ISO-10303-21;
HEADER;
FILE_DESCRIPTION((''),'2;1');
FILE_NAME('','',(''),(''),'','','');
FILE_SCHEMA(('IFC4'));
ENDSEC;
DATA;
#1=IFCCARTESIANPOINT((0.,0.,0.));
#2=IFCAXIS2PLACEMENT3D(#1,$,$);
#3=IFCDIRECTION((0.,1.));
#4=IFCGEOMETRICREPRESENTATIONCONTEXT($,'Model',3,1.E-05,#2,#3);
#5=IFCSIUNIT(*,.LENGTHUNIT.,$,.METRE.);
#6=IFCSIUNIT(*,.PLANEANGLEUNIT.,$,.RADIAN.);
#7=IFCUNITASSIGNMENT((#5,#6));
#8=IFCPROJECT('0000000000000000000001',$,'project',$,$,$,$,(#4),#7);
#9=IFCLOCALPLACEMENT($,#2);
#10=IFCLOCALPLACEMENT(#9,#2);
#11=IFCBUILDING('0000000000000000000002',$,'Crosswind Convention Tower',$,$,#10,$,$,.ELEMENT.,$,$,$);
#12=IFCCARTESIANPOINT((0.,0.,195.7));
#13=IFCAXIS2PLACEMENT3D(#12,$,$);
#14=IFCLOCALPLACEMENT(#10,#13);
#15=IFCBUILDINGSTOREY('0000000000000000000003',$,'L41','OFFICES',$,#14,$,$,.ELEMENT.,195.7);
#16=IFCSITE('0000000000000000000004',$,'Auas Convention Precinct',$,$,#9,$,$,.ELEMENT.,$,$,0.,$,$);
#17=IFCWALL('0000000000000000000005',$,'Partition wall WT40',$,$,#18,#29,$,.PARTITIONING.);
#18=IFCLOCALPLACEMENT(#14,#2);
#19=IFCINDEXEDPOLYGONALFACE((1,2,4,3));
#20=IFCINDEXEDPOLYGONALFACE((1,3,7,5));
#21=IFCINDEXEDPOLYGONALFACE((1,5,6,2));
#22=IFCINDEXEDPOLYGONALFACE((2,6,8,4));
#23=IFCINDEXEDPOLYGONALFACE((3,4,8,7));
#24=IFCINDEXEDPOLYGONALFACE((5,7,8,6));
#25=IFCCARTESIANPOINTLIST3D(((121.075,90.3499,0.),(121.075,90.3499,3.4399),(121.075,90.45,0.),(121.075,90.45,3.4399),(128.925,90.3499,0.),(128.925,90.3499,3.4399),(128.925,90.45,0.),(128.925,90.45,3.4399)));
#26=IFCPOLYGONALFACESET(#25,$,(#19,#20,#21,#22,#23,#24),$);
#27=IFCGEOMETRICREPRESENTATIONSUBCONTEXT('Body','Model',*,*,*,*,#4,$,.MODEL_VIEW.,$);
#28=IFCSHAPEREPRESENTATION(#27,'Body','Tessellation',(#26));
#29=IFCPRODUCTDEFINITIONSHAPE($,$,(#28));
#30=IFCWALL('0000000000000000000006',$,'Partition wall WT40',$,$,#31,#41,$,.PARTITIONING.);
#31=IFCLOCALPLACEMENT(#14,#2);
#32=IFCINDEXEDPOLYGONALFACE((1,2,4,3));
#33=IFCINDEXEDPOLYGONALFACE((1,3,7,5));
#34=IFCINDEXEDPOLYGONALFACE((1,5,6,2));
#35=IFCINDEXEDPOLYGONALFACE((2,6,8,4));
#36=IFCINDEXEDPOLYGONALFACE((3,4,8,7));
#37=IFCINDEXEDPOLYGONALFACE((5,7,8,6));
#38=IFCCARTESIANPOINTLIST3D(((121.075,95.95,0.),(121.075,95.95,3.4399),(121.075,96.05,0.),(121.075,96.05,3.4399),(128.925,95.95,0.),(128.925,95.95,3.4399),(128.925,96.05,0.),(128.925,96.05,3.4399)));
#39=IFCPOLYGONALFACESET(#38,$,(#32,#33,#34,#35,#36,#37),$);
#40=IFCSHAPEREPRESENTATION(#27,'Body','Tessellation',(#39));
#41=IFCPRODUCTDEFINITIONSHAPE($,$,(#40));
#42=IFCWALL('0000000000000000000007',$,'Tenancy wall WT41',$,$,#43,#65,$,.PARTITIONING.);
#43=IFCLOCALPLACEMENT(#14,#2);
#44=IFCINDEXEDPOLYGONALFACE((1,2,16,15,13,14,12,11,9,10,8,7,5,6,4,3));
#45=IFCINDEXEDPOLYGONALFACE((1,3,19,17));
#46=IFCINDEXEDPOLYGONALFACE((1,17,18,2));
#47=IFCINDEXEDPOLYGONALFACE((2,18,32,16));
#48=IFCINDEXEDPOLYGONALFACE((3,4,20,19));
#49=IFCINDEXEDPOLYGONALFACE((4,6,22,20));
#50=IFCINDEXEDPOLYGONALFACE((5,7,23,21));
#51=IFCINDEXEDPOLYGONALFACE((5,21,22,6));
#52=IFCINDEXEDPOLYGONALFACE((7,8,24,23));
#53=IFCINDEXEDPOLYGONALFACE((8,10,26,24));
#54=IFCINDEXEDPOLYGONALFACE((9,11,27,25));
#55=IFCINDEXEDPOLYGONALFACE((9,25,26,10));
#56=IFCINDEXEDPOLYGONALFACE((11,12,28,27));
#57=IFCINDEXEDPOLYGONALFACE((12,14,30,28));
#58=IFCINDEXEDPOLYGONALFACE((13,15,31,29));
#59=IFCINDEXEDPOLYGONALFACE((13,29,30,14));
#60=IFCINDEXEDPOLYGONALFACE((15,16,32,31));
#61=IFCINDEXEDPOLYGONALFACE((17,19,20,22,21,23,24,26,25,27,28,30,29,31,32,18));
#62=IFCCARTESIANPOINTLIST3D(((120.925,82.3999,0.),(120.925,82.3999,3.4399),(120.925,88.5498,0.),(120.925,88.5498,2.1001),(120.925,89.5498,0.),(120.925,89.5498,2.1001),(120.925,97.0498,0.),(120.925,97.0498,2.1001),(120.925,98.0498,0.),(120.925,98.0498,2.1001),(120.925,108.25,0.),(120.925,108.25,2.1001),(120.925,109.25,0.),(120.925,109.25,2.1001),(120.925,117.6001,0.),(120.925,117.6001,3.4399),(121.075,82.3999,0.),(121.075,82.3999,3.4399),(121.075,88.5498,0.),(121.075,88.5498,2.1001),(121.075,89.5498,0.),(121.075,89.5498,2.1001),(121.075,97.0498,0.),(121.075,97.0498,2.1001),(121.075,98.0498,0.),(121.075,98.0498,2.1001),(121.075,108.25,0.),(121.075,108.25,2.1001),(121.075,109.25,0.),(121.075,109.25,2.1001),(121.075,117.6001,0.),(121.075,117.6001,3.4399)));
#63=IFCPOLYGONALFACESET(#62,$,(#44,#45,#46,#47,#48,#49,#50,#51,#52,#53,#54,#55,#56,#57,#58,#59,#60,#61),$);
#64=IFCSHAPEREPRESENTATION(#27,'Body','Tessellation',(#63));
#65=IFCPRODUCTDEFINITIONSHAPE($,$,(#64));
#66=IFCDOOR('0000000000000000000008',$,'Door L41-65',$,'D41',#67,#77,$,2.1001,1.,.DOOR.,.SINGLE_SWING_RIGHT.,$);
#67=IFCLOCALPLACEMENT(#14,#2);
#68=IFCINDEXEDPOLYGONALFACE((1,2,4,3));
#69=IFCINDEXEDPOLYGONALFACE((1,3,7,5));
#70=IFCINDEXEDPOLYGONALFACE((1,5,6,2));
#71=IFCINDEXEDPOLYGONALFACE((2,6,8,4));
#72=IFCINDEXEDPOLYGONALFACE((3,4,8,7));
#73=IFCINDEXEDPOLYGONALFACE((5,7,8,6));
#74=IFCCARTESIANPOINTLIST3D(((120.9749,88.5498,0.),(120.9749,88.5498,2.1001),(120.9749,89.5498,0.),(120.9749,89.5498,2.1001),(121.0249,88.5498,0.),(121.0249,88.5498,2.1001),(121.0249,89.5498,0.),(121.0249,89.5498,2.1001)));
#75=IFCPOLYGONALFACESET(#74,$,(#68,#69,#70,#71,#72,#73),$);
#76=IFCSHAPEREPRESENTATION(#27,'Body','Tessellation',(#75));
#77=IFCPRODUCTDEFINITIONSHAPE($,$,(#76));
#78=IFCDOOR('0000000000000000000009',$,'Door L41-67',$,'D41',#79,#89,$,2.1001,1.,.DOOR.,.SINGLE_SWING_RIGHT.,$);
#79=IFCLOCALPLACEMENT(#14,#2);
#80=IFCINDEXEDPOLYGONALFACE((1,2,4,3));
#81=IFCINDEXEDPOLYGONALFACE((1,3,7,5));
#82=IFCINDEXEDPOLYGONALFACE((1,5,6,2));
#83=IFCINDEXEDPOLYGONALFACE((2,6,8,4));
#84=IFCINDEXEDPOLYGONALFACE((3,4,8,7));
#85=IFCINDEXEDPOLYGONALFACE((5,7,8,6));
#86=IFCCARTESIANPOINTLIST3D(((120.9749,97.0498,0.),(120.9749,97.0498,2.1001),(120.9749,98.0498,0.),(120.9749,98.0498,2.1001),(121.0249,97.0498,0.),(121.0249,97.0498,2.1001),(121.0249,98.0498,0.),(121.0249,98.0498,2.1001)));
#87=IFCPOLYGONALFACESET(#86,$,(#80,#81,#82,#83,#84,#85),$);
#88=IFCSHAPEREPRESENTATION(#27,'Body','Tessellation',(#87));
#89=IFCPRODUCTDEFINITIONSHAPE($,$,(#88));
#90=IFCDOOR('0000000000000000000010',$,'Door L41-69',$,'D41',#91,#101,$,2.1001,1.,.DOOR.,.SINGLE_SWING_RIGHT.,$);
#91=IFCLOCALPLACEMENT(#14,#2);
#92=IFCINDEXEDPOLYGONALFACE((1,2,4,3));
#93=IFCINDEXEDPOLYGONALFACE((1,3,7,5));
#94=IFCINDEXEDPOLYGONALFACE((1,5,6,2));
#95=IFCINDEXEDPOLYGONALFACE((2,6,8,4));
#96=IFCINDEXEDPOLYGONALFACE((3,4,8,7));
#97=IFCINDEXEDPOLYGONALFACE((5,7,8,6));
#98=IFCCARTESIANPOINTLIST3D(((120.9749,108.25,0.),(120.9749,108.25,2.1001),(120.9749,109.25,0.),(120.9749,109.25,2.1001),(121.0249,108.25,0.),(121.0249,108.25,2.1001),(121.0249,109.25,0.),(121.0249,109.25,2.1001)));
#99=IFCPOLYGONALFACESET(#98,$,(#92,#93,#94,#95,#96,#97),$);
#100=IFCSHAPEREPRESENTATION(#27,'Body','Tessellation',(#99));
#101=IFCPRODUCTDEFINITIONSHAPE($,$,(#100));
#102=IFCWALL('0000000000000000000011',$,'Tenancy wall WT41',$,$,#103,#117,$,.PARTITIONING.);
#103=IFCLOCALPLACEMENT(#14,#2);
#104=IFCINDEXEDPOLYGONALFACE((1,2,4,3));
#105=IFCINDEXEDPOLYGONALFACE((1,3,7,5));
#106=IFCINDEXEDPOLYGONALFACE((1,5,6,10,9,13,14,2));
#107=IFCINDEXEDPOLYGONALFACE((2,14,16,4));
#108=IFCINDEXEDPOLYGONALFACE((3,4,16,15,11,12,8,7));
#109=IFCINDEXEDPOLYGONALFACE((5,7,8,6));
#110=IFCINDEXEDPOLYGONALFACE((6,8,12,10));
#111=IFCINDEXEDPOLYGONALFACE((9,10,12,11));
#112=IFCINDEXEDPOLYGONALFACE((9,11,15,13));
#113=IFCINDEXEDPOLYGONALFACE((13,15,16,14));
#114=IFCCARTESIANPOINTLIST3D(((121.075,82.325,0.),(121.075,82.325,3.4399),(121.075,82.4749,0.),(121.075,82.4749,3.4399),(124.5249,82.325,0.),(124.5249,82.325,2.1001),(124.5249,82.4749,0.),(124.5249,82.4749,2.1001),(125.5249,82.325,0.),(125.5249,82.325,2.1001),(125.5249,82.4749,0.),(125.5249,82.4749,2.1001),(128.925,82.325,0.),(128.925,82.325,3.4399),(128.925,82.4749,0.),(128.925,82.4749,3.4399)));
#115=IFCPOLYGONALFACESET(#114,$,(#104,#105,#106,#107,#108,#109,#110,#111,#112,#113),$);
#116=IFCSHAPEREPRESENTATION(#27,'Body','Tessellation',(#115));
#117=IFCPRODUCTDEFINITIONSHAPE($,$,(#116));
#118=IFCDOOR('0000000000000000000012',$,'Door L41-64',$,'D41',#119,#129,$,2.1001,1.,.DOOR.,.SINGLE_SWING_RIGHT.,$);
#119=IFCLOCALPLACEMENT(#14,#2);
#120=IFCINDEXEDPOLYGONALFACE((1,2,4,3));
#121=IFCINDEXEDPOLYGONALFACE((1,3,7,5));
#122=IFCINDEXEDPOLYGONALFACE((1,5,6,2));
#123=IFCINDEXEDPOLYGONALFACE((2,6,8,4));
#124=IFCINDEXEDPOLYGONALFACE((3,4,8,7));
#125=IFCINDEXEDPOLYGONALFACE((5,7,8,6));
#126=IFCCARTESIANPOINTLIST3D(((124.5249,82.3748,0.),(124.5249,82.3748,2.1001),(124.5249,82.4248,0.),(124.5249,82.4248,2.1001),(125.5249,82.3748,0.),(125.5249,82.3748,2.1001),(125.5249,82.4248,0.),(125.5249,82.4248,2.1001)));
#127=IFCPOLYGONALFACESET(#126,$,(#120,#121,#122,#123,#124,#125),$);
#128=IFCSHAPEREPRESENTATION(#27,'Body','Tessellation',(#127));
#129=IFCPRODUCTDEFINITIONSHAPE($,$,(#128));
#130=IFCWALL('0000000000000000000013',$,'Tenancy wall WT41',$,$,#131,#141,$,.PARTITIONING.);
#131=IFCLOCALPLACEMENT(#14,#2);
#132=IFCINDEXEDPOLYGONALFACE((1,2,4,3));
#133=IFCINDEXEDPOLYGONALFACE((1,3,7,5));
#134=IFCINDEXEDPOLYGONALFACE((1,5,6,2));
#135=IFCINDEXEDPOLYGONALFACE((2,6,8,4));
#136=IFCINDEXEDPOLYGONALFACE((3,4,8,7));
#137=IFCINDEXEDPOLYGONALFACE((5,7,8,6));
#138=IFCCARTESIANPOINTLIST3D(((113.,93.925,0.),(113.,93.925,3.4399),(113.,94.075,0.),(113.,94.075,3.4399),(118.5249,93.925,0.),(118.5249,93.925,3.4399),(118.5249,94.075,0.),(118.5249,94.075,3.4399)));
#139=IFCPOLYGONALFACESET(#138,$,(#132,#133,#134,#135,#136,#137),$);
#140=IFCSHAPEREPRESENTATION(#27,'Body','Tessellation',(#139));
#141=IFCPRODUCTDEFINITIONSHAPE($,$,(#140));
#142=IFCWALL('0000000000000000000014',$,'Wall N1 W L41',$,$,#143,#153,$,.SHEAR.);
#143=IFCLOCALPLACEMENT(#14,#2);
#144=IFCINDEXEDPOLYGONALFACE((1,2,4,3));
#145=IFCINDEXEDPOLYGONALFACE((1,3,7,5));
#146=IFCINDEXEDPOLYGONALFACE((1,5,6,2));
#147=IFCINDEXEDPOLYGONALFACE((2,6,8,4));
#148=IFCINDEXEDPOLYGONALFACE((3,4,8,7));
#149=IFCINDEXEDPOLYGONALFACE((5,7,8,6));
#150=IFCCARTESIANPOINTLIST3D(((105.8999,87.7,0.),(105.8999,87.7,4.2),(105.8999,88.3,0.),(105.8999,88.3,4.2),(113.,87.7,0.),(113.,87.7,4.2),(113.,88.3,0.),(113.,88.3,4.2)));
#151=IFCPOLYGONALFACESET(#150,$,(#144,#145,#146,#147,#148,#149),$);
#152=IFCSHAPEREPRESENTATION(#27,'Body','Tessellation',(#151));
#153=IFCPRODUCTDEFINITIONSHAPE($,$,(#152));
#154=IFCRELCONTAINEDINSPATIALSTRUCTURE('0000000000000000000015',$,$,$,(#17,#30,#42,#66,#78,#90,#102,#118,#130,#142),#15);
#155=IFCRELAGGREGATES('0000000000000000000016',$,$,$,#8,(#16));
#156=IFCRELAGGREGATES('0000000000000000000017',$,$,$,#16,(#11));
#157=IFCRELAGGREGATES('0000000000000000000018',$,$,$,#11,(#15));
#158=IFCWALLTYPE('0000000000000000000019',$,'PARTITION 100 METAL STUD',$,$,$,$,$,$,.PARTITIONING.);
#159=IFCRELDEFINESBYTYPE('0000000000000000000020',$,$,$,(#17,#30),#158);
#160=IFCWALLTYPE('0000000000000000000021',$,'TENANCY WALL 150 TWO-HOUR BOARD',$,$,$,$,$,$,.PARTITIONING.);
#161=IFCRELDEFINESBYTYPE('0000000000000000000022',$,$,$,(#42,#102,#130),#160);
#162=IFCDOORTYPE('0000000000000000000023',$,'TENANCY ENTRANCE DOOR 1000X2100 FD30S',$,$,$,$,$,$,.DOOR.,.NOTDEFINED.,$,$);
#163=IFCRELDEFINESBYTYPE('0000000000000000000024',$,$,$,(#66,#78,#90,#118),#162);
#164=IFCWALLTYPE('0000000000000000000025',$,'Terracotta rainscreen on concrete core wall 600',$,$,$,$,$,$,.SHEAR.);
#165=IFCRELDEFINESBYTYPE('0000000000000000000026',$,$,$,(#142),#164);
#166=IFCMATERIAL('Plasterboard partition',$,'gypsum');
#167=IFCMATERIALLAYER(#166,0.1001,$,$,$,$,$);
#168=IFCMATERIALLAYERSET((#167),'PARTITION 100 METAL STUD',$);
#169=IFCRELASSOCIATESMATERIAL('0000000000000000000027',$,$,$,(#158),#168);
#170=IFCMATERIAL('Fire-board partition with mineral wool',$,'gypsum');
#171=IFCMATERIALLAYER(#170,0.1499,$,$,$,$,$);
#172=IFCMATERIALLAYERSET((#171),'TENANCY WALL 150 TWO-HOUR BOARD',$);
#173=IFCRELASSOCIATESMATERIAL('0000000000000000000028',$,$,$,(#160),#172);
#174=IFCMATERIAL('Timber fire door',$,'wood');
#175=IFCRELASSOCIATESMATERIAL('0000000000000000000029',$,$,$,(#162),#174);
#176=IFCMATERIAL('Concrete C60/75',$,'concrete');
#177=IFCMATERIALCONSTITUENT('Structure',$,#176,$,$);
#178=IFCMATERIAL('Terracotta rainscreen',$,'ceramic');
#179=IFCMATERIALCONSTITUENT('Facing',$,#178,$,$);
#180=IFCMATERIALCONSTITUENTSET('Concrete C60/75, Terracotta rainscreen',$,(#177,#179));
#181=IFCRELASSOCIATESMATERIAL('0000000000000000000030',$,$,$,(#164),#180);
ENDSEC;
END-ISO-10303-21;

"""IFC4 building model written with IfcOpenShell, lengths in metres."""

from ifc_helpers import new_model, si_unit, direction, frame, frame_2d, origin, place, context, subcontext, project, spatial, rectangle, extrude, material, layer, layer_set, constituent, constituent_set, type_object, element, fill, save


model = new_model("IFC4")

# Units and contexts
model_context = context("Model", 3, precision=1e-05, world=origin(), true_north=direction((0.0, 1.0)))
body_context = subcontext(model_context, "Body", "Model", "MODEL_VIEW")
ifc_project = project(units=[si_unit("LENGTHUNIT", "METRE"), si_unit("PLANEANGLEUNIT", "RADIAN")], contexts=[model_context])

# Site, building, storey
site_placement = place(None, origin())
site = spatial("IfcSite", under=ifc_project, at=site_placement, Name="Auas Convention Precinct", CompositionType="ELEMENT", RefElevation=0.0)
building_placement = place(site_placement, origin())
building = spatial("IfcBuilding", under=site, at=building_placement, Name="Crosswind Convention Tower", CompositionType="ELEMENT")
storey_placement = place(building_placement, frame((0.0, 0.0, 195.7)))
storey = spatial("IfcBuildingStorey", under=building, at=storey_placement, Name="L41", Description="OFFICES", CompositionType="ELEMENT", Elevation=195.7)

# Shared definitions
ifc_material_1 = material(Name="Concrete C60/75", Category="concrete")

# Walls
ifc_material_2 = material(Name="Plasterboard partition", Category="gypsum")
ifc_layer_1 = layer(ifc_material_2, 0.1001)
ifc_layer_set_1 = layer_set([ifc_layer_1], Name="PARTITION 100 METAL STUD")
wall_type_1 = type_object("IfcWallType", Name="PARTITION 100 METAL STUD", PredefinedType="PARTITIONING", material=ifc_layer_set_1)
for number, where, z_axis, x_axis, name in (
    (1, (121.075, 90.3999, 0.0), (0.0, 0.0, 1.0), (1.0, 0.0, 0.0), "Partition wall WT40"),
    (2, (121.075, 96.0, 0.0), (0.0, 0.0, 1.0), (1.0, 0.0, 0.0), "Partition wall WT40"),
):
    element("IfcWall", number, at=place(storey_placement, frame(where, z_axis=z_axis, x_axis=x_axis)), inside=storey, type_object=wall_type_1, Name=name, PredefinedType="PARTITIONING", context=body_context, shape_type="SweptSolid", body=[
        extrude(rectangle(XDim=7.8501, YDim=0.1001, at=frame_2d((3.925, 0.0))), origin(), (0.0, 0.0, 1.0), 3.4399),
    ])

# Wall, openings, doors
ifc_material_3 = material(Name="Fire-board partition with mineral wool", Category="gypsum")
ifc_layer_2 = layer(ifc_material_3, 0.1499)
ifc_layer_set_2 = layer_set([ifc_layer_2], Name="TENANCY WALL 150 TWO-HOUR BOARD")
wall_type_2 = type_object("IfcWallType", Name="TENANCY WALL 150 TWO-HOUR BOARD", PredefinedType="PARTITIONING", material=ifc_layer_set_2)
wall_1_placement = place(storey_placement, frame((121.0, 82.3999, 0.0), z_axis=(0.0, 0.0, 1.0), x_axis=(0.0, 1.0, 0.0)))
wall_1 = element("IfcWall", 3, at=wall_1_placement, inside=storey, type_object=wall_type_2, Name="Tenancy wall WT41", PredefinedType="PARTITIONING", context=body_context, shape_type="SweptSolid", body=[
    extrude(rectangle(XDim=35.2002, YDim=0.1499, at=frame_2d((17.6001, 0.0))), origin(), (0.0, 0.0, 1.0), 3.4399),
])
opening_1_placement = place(wall_1_placement, frame((6.1499, 0.0, 0.0)))
opening_1 = element("IfcOpeningElement", 4, at=opening_1_placement, cuts=wall_1, PredefinedType="OPENING", context=body_context, shape_type="SweptSolid", body=[
    extrude(rectangle(XDim=1.0, YDim=2.1001, at=frame_2d((0.5, 1.05))), frame((0.0, 0.085, 0.0), z_axis=(0.0, -1.0, 0.0), x_axis=(1.0, 0.0, 0.0)), (0.0, 0.0, 1.0), 0.1699),
])
opening_2_placement = place(wall_1_placement, frame((14.6499, 0.0, 0.0)))
opening_2 = element("IfcOpeningElement", 5, at=opening_2_placement, cuts=wall_1, PredefinedType="OPENING", context=body_context, shape_type="SweptSolid", body=[
    extrude(rectangle(XDim=1.0, YDim=2.1001, at=frame_2d((0.5, 1.05))), frame((0.0, 0.085, 0.0), z_axis=(0.0, -1.0, 0.0), x_axis=(1.0, 0.0, 0.0)), (0.0, 0.0, 1.0), 0.1699),
])
opening_3_placement = place(wall_1_placement, frame((25.8501, 0.0, 0.0)))
opening_3 = element("IfcOpeningElement", 6, at=opening_3_placement, cuts=wall_1, PredefinedType="OPENING", context=body_context, shape_type="SweptSolid", body=[
    extrude(rectangle(XDim=1.0, YDim=2.1001, at=frame_2d((0.5, 1.05))), frame((0.0, 0.085, 0.0), z_axis=(0.0, -1.0, 0.0), x_axis=(1.0, 0.0, 0.0)), (0.0, 0.0, 1.0), 0.1699),
])
ifc_material_4 = material(Name="Timber fire door", Category="wood")
door_type = type_object("IfcDoorType", Name="TENANCY ENTRANCE DOOR 1000X2100 FD30S", OperationType="NOTDEFINED", PredefinedType="DOOR", material=ifc_material_4)
door_1_placement = place(opening_1_placement, frame((1.0, 0.0, 0.0), z_axis=(0.0, 0.0, 1.0), x_axis=(-1.0, 0.0, 0.0)))
door_1 = element("IfcDoor", 7, at=door_1_placement, inside=storey, type_object=door_type, Name="Door L41-65", ObjectType="D41", OperationType="SINGLE_SWING_RIGHT", OverallHeight=2.1001, OverallWidth=1.0, PredefinedType="DOOR", context=body_context, shape_type="SweptSolid", body=[
    extrude(rectangle(XDim=1.0, YDim=2.1001, at=frame_2d((0.5, 1.05))), frame((0.0, 0.0249, 0.0), z_axis=(0.0, -1.0, 0.0), x_axis=(1.0, 0.0, 0.0)), (0.0, 0.0, 1.0), 0.05),
])
fill(opening_1, door_1)
door_2_placement = place(opening_2_placement, frame((1.0, 0.0, 0.0), z_axis=(0.0, 0.0, 1.0), x_axis=(-1.0, 0.0, 0.0)))
door_2 = element("IfcDoor", 8, at=door_2_placement, inside=storey, type_object=door_type, Name="Door L41-67", ObjectType="D41", OperationType="SINGLE_SWING_RIGHT", OverallHeight=2.1001, OverallWidth=1.0, PredefinedType="DOOR", context=body_context, shape_type="SweptSolid", body=[
    extrude(rectangle(XDim=1.0, YDim=2.1001, at=frame_2d((0.5, 1.05))), frame((0.0, 0.0249, 0.0), z_axis=(0.0, -1.0, 0.0), x_axis=(1.0, 0.0, 0.0)), (0.0, 0.0, 1.0), 0.05),
])
fill(opening_2, door_2)
door_3_placement = place(opening_3_placement, frame((1.0, 0.0, 0.0), z_axis=(0.0, 0.0, 1.0), x_axis=(-1.0, 0.0, 0.0)))
door_3 = element("IfcDoor", 9, at=door_3_placement, inside=storey, type_object=door_type, Name="Door L41-69", ObjectType="D41", OperationType="SINGLE_SWING_RIGHT", OverallHeight=2.1001, OverallWidth=1.0, PredefinedType="DOOR", context=body_context, shape_type="SweptSolid", body=[
    extrude(rectangle(XDim=1.0, YDim=2.1001, at=frame_2d((0.5, 1.05))), frame((0.0, 0.0249, 0.0), z_axis=(0.0, -1.0, 0.0), x_axis=(1.0, 0.0, 0.0)), (0.0, 0.0, 1.0), 0.05),
])
fill(opening_3, door_3)

# Wall, opening, door
wall_2_placement = place(storey_placement, frame((121.075, 82.3999, 0.0), z_axis=(0.0, 0.0, 1.0), x_axis=(1.0, 0.0, 0.0)))
wall_2 = element("IfcWall", 10, at=wall_2_placement, inside=storey, type_object=wall_type_2, Name="Tenancy wall WT41", PredefinedType="PARTITIONING", context=body_context, shape_type="SweptSolid", body=[
    extrude(rectangle(XDim=7.8501, YDim=0.1499, at=frame_2d((3.925, 0.0))), origin(), (0.0, 0.0, 1.0), 3.4399),
])
opening_4_placement = place(wall_2_placement, frame((3.45, 0.0, 0.0)))
opening_4 = element("IfcOpeningElement", 11, at=opening_4_placement, cuts=wall_2, PredefinedType="OPENING", context=body_context, shape_type="SweptSolid", body=[
    extrude(rectangle(XDim=1.0, YDim=2.1001, at=frame_2d((0.5, 1.05))), frame((0.0, 0.085, 0.0), z_axis=(0.0, -1.0, 0.0), x_axis=(1.0, 0.0, 0.0)), (0.0, 0.0, 1.0), 0.1699),
])
door_4_placement = place(opening_4_placement, origin())
door_4 = element("IfcDoor", 12, at=door_4_placement, inside=storey, type_object=door_type, Name="Door L41-64", ObjectType="D41", OperationType="SINGLE_SWING_RIGHT", OverallHeight=2.1001, OverallWidth=1.0, PredefinedType="DOOR", context=body_context, shape_type="SweptSolid", body=[
    extrude(rectangle(XDim=1.0, YDim=2.1001, at=frame_2d((0.5, 1.05))), frame((0.0, 0.0249, 0.0), z_axis=(0.0, -1.0, 0.0), x_axis=(1.0, 0.0, 0.0)), (0.0, 0.0, 1.0), 0.05),
])
fill(opening_4, door_4)

# Walls
wall_3_placement = place(storey_placement, frame((113.0, 94.0, 0.0), z_axis=(0.0, 0.0, 1.0), x_axis=(1.0, 0.0, 0.0)))
element("IfcWall", 13, at=wall_3_placement, inside=storey, type_object=wall_type_2, Name="Tenancy wall WT41", PredefinedType="PARTITIONING", context=body_context, shape_type="SweptSolid", body=[
    extrude(rectangle(XDim=5.5249, YDim=0.1499, at=frame_2d((2.7625, 0.0))), origin(), (0.0, 0.0, 1.0), 3.4399),
])
ifc_constituent_1 = constituent(ifc_material_1, Name="Structure")
ifc_material_5 = material(Name="Terracotta rainscreen", Category="ceramic")
ifc_constituent_2 = constituent(ifc_material_5, Name="Facing")
ifc_constituent_set = constituent_set(constituents=[ifc_constituent_1, ifc_constituent_2], Name="Concrete C60/75, Terracotta rainscreen")
wall_type_3 = type_object("IfcWallType", Name="Terracotta rainscreen on concrete core wall 600", PredefinedType="SHEAR", material=ifc_constituent_set)
wall_4_placement = place(storey_placement, frame((113.0, 88.0, 0.0), z_axis=(0.0, 0.0, 1.0), x_axis=(-1.0, 0.0, 0.0)))
element("IfcWall", 14, at=wall_4_placement, inside=storey, type_object=wall_type_3, Name="Wall N1 W L41", PredefinedType="SHEAR", context=body_context, shape_type="SweptSolid", body=[
    extrude(rectangle(XDim=7.1001, YDim=0.6001, at=frame_2d((3.55, 0.0))), origin(), (0.0, 0.0, 1.0), 4.2),
])

save(model, "model.ifc")
